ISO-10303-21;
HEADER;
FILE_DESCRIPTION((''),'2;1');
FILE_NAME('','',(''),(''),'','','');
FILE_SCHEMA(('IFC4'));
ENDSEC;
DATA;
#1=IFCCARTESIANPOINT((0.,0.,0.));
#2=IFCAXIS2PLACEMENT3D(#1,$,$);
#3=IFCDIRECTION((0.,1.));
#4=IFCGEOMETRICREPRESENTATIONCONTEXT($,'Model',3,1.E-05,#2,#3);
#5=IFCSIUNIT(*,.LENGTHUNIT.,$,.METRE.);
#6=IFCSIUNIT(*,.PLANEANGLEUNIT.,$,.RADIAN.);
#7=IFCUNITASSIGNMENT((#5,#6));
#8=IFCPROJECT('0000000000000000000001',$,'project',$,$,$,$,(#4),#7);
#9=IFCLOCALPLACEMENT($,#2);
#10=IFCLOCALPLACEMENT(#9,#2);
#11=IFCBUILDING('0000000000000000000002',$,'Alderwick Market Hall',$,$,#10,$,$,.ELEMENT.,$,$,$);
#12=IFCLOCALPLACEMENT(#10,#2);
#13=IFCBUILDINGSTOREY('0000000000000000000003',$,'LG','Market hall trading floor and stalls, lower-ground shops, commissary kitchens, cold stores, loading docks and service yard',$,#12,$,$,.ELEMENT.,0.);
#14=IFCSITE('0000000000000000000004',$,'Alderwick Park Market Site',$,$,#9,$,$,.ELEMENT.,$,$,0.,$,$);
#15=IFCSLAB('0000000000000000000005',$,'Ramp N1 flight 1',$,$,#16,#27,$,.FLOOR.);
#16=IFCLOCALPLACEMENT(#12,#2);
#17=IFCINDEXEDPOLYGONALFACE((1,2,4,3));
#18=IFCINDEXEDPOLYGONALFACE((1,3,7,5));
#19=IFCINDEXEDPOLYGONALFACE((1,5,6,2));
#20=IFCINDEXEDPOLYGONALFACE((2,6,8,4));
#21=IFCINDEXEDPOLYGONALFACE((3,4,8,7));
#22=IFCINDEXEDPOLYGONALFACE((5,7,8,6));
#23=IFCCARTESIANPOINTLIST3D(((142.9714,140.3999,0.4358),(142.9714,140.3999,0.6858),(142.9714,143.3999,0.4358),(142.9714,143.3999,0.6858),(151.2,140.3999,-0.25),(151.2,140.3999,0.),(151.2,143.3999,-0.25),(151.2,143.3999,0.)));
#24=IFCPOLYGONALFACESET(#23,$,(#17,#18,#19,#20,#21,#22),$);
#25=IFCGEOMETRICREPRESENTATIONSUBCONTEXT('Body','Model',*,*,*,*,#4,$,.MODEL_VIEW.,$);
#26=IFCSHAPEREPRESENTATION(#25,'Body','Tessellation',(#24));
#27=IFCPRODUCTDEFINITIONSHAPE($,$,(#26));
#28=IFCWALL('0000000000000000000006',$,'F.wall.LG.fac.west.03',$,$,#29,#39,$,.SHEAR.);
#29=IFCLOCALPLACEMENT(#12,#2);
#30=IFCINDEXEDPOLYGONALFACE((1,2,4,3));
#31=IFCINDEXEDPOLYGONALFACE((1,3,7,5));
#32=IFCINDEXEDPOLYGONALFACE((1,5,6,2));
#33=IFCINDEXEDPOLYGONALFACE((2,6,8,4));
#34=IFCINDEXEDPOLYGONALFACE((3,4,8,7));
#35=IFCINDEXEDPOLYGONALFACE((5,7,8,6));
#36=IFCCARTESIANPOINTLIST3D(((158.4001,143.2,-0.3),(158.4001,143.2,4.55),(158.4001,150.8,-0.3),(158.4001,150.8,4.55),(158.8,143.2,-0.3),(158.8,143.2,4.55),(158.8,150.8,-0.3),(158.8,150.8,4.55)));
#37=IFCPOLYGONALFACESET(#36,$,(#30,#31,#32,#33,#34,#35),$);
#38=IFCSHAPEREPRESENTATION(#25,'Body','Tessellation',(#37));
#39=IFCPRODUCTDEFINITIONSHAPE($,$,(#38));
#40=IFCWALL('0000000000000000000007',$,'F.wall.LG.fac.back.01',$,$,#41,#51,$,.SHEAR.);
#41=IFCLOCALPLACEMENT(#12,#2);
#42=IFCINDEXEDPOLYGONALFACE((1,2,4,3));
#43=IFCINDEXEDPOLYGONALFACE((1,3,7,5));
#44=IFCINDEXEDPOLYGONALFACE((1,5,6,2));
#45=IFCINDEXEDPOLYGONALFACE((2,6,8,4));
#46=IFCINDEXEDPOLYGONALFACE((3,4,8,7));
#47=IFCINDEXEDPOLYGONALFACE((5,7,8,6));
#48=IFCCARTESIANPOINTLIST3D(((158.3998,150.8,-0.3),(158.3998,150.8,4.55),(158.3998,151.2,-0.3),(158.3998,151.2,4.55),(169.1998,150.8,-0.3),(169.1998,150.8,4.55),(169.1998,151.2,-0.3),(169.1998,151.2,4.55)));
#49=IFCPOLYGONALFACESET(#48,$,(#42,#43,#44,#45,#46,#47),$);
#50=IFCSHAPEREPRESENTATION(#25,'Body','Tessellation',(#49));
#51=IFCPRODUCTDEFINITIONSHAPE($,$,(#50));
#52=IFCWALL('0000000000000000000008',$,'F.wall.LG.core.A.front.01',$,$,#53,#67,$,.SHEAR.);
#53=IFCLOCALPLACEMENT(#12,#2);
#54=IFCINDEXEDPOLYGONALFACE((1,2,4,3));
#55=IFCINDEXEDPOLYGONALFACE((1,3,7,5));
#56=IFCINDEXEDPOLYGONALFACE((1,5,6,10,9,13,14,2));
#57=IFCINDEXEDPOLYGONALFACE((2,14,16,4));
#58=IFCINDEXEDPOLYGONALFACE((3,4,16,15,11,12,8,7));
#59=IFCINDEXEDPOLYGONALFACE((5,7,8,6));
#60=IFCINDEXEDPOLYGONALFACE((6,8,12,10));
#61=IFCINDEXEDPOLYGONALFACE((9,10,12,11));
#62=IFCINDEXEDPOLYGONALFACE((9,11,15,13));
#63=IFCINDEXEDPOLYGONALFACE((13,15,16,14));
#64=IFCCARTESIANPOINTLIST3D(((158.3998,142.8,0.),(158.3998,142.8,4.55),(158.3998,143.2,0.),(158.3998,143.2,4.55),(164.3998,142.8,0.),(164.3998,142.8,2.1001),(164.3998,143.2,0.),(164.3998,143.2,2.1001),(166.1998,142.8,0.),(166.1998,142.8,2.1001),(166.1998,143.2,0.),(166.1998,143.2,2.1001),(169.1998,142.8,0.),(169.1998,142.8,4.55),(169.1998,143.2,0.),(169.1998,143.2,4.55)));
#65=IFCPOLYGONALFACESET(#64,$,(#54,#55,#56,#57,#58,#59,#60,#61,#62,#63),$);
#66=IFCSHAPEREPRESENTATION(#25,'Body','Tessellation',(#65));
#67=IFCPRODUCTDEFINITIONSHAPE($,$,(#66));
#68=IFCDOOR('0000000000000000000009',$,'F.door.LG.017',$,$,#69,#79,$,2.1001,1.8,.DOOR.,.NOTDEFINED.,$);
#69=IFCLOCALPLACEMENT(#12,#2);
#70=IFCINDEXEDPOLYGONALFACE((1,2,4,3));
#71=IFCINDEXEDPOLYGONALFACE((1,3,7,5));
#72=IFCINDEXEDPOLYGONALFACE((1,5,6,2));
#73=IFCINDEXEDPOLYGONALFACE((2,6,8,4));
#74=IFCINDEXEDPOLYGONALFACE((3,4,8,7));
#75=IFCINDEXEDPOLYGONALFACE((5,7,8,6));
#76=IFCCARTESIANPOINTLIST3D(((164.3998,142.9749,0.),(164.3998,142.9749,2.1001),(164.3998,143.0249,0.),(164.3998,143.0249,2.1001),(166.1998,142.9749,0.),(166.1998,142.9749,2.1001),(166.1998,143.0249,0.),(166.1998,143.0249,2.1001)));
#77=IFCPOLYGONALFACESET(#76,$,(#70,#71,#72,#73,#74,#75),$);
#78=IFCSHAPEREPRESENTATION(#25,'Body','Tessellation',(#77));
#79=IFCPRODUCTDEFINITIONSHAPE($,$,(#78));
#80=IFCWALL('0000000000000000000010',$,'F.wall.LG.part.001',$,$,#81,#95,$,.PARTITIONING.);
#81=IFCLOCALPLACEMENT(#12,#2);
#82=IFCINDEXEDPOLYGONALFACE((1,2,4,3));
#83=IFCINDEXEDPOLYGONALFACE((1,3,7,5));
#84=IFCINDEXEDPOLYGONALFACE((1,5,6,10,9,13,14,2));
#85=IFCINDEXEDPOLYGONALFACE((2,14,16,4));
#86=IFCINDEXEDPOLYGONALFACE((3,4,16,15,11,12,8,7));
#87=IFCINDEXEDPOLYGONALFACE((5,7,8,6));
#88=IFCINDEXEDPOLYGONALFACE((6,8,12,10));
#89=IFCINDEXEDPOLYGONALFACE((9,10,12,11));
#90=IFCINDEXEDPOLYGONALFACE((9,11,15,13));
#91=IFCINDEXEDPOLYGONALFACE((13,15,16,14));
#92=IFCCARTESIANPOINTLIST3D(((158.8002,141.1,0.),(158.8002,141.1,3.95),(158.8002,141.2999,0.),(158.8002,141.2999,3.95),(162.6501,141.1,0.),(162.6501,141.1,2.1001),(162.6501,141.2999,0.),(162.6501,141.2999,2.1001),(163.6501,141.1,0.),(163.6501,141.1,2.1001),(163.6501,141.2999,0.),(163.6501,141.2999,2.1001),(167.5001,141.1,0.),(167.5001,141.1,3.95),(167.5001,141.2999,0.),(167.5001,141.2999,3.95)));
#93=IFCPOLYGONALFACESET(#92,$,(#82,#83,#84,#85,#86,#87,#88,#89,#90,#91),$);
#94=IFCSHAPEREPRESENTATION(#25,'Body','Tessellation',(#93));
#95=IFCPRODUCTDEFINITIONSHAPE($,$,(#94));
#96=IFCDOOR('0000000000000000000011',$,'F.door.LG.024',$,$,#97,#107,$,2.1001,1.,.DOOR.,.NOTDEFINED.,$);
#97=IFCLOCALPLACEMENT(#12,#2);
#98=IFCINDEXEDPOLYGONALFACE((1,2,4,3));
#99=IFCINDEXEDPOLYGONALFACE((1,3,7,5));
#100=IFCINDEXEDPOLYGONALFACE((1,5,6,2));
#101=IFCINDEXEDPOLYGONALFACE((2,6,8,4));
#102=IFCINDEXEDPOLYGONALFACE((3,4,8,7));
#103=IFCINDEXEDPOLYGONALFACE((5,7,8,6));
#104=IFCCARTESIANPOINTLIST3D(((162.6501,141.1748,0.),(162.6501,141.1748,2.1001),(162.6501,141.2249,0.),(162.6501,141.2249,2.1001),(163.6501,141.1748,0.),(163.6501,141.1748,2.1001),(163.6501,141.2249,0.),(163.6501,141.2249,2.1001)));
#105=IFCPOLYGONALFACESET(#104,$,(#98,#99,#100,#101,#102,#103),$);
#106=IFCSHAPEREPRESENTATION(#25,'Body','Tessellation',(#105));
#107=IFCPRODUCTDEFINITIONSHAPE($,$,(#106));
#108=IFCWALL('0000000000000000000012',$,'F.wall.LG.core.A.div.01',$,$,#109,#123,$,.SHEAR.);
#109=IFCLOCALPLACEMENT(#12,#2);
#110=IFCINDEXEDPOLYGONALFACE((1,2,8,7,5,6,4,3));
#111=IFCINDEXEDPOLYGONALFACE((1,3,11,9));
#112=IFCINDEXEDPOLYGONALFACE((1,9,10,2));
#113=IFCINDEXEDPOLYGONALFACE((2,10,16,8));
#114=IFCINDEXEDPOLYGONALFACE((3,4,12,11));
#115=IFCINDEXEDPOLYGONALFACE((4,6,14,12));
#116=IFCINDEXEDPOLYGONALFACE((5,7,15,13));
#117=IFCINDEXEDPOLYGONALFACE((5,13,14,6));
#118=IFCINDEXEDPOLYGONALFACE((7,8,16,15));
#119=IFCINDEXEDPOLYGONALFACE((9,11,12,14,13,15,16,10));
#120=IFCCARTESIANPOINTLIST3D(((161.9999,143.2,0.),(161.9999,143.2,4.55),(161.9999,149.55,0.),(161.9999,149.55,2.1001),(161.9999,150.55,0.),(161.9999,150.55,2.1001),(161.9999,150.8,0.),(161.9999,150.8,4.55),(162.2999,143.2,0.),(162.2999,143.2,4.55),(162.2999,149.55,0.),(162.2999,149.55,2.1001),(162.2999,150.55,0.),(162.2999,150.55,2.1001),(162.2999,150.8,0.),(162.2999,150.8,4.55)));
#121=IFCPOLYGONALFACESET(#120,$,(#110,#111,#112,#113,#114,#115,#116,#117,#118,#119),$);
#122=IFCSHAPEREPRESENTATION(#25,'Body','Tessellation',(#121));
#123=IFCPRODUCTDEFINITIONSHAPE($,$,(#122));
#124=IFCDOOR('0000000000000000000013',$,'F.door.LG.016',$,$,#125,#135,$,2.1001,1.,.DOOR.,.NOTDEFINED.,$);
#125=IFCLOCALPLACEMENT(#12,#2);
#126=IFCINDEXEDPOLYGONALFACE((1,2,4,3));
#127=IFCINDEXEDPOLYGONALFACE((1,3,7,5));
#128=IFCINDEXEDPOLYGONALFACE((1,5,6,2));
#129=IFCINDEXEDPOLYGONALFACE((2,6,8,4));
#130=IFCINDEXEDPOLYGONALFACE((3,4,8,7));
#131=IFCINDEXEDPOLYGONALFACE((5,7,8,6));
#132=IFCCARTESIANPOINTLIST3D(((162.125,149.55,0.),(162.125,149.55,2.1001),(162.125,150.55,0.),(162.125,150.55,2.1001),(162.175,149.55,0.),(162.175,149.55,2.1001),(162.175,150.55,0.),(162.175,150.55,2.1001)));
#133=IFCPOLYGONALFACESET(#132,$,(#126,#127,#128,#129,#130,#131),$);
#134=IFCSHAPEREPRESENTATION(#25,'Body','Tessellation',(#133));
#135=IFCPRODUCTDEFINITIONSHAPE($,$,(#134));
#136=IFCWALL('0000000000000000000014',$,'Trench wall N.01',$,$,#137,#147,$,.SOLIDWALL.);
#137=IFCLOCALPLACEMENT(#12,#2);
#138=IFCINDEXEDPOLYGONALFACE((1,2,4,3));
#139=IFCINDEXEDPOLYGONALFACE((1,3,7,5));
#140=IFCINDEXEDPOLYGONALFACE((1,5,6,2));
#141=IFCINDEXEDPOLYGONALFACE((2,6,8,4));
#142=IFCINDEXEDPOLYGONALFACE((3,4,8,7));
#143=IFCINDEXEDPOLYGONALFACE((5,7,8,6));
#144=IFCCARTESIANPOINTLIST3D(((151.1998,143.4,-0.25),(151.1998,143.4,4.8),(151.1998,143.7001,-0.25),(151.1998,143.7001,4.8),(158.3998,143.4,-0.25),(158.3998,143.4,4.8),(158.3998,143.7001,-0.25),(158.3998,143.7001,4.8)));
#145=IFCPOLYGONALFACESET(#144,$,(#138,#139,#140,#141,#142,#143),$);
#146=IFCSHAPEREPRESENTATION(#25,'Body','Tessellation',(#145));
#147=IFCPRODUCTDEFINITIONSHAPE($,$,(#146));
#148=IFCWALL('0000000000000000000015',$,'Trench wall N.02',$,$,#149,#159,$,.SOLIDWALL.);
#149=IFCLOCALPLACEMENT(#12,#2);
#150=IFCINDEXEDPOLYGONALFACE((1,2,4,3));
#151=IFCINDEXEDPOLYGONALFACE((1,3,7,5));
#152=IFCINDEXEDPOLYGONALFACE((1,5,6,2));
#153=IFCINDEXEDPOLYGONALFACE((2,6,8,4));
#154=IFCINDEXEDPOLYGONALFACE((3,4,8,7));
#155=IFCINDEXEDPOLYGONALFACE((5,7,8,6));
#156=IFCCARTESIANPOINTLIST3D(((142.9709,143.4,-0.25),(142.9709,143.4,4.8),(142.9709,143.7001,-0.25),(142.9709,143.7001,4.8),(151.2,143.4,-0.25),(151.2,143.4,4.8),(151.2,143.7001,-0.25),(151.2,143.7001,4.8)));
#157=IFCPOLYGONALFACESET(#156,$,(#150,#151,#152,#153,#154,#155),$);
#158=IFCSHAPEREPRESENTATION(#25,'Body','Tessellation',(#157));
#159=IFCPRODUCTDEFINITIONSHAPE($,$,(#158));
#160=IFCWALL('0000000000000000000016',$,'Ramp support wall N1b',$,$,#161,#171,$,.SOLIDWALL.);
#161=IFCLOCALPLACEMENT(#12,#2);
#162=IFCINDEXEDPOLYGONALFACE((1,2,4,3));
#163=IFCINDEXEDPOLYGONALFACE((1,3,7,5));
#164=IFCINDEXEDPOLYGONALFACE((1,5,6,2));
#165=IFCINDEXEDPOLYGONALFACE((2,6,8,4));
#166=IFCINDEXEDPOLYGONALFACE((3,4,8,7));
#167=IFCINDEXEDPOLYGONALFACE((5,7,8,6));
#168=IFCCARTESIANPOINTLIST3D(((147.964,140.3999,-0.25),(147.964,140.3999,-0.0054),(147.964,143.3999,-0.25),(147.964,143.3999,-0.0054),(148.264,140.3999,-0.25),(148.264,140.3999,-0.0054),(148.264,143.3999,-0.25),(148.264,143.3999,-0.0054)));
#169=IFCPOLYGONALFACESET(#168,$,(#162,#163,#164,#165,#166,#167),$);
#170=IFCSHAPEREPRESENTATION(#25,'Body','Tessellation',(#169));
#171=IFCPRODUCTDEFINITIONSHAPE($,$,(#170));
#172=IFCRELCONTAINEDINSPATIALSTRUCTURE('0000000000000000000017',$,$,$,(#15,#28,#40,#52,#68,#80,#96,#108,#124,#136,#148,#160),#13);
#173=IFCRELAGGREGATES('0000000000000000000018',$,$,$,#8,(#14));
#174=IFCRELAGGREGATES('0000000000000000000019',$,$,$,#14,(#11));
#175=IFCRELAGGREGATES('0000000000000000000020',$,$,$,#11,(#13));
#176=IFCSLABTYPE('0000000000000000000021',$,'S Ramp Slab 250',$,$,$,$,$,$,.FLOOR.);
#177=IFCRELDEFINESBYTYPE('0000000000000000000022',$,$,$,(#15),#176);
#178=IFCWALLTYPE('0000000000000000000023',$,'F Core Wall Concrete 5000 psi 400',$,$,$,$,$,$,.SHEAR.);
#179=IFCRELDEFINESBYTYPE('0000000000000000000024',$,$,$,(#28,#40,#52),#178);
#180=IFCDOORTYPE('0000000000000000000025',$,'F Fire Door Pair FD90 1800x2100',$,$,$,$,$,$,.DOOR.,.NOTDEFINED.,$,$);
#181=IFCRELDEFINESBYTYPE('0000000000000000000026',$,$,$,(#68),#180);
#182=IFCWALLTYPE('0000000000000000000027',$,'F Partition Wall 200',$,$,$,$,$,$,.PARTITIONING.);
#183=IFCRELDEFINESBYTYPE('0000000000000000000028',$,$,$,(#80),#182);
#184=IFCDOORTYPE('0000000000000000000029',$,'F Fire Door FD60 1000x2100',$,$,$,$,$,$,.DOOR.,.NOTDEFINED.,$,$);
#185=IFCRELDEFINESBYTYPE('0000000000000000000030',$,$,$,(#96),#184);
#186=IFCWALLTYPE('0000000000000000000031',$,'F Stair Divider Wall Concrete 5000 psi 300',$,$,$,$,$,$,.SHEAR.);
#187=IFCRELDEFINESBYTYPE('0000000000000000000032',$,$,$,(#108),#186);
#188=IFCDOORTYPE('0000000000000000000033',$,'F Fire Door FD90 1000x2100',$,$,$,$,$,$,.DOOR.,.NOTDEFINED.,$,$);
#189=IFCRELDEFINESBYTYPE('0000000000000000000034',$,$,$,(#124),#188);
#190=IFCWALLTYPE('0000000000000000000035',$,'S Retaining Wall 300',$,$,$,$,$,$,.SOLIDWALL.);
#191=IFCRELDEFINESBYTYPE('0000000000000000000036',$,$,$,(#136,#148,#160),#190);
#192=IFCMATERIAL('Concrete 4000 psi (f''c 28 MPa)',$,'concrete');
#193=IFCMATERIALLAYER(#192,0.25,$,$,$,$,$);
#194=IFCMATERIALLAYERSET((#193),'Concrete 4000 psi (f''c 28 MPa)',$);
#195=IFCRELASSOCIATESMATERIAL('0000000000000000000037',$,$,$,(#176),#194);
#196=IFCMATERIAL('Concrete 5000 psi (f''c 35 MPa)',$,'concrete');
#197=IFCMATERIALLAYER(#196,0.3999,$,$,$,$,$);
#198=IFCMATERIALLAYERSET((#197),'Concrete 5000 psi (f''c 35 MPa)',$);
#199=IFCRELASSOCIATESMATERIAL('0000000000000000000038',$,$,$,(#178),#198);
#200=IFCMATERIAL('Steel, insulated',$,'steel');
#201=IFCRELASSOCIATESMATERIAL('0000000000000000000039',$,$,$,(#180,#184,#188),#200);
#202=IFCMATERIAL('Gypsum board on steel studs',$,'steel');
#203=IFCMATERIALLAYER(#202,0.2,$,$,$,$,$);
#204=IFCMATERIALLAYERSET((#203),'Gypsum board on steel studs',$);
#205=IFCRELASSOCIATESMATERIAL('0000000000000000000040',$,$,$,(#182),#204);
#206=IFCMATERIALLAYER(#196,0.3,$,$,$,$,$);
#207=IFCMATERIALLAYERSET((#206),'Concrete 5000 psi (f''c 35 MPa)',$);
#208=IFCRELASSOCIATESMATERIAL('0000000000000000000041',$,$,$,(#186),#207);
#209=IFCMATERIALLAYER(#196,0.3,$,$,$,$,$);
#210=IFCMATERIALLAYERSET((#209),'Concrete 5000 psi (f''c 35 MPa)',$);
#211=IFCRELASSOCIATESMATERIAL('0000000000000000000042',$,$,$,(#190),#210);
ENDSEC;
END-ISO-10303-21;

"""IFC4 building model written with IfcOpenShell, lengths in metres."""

from ifc_helpers import new_model, si_unit, direction, frame, frame_2d, origin, place, context, subcontext, project, spatial, polyline, rectangle, outline, extrude, material, layer, layer_set, type_object, element, fill, save


model = new_model("IFC4")

# Units and contexts
model_context = context("Model", 3, precision=1e-05, world=origin(), true_north=direction((0.0, 1.0)))
body_context = subcontext(model_context, "Body", "Model", "MODEL_VIEW")
ifc_project = project(units=[si_unit("LENGTHUNIT", "METRE"), si_unit("PLANEANGLEUNIT", "RADIAN")], contexts=[model_context])

# Site, building, storey
site_placement = place(None, origin())
site = spatial("IfcSite", under=ifc_project, at=site_placement, Name="Alderwick Park Market Site", CompositionType="ELEMENT", RefElevation=0.0)
building_placement = place(site_placement, origin())
building = spatial("IfcBuilding", under=site, at=building_placement, Name="Alderwick Market Hall", CompositionType="ELEMENT")
storey_placement = place(building_placement, origin())
storey = spatial("IfcBuildingStorey", under=building, at=storey_placement, Name="LG", Description="Market hall trading floor and stalls, lower-ground shops, commissary kitchens, cold stores, loading docks and service yard", CompositionType="ELEMENT", Elevation=0.0)

# Slab
ifc_material_1 = material(Name="Concrete 4000 psi (f'c 28 MPa)", Category="concrete")
ifc_layer_1 = layer(ifc_material_1, 0.25)
ifc_layer_set_1 = layer_set([ifc_layer_1], Name="Concrete 4000 psi (f'c 28 MPa)")
slab_type = type_object("IfcSlabType", Name="S Ramp Slab 250", PredefinedType="FLOOR", material=ifc_layer_set_1)
slab_placement = place(storey_placement, frame((151.2, 141.8999, 0.0), z_axis=(0.0, 0.0, 1.0), x_axis=(-1.0, 0.0, 0.0)))
element("IfcSlab", 1, at=slab_placement, inside=storey, type_object=slab_type, Name="Ramp N1 flight 1", PredefinedType="FLOOR", context=body_context, shape_type="SweptSolid", body=[
    extrude(outline(polyline([(0.0, 0.0), (8.2285, 0.6858), (8.2285, 0.4358), (0.0, -0.25), (0.0, 0.0)])), frame((0.0, 1.5, 0.0), z_axis=(0.0, -1.0, 0.0), x_axis=(1.0, 0.0, 0.0)), (0.0, 0.0, 1.0), 3.0),
])

# Walls
ifc_material_2 = material(Name="Concrete 5000 psi (f'c 35 MPa)", Category="concrete")
ifc_layer_2 = layer(ifc_material_2, 0.3999)
ifc_layer_set_2 = layer_set([ifc_layer_2], Name="Concrete 5000 psi (f'c 35 MPa)")
wall_type_1 = type_object("IfcWallType", Name="F Core Wall Concrete 5000 psi 400", PredefinedType="SHEAR", material=ifc_layer_set_2)
wall_1_placement = place(storey_placement, frame((158.6001, 143.2, -0.3), z_axis=(0.0, 0.0, 1.0), x_axis=(0.0, 1.0, 0.0)))
element("IfcWall", 2, at=wall_1_placement, inside=storey, type_object=wall_type_1, Name="F.wall.LG.fac.west.03", PredefinedType="SHEAR", context=body_context, shape_type="SweptSolid", body=[
    extrude(rectangle(XDim=7.6001, YDim=0.3999, at=frame_2d((3.8, 0.0))), origin(), (0.0, 0.0, 1.0), 4.8501),
])
wall_2_placement = place(storey_placement, frame((158.3999, 151.0, -0.3), z_axis=(0.0, 0.0, 1.0), x_axis=(1.0, 0.0, 0.0)))
element("IfcWall", 3, at=wall_2_placement, inside=storey, type_object=wall_type_1, Name="F.wall.LG.fac.back.01", PredefinedType="SHEAR", context=body_context, shape_type="SweptSolid", body=[
    extrude(rectangle(XDim=10.8, YDim=0.3999, at=frame_2d((5.3999, 0.0))), origin(), (0.0, 0.0, 1.0), 4.8501),
])

# Walls, openings, doors
wall_3_placement = place(storey_placement, frame((158.3999, 143.0, 0.0), z_axis=(0.0, 0.0, 1.0), x_axis=(1.0, 0.0, 0.0)))
wall_3 = element("IfcWall", 4, at=wall_3_placement, inside=storey, type_object=wall_type_1, Name="F.wall.LG.core.A.front.01", PredefinedType="SHEAR", context=body_context, shape_type="SweptSolid", body=[
    extrude(rectangle(XDim=10.8, YDim=0.3999, at=frame_2d((5.3999, 0.0))), origin(), (0.0, 0.0, 1.0), 4.55),
])
opening_1_placement = place(wall_3_placement, frame((6.0, 0.0, 0.0)))
opening_1 = element("IfcOpeningElement", 5, at=opening_1_placement, cuts=wall_3, PredefinedType="OPENING", context=body_context, shape_type="SweptSolid", body=[
    extrude(rectangle(XDim=1.8, YDim=2.1001, at=frame_2d((0.8999, 1.05))), frame((0.0, 0.21, 0.0), z_axis=(0.0, -1.0, 0.0), x_axis=(1.0, 0.0, 0.0)), (0.0, 0.0, 1.0), 0.4199),
])
ifc_material_3 = material(Name="Steel, insulated", Category="steel")
door_type_1 = type_object("IfcDoorType", Name="F Fire Door Pair FD90 1800x2100", OperationType="NOTDEFINED", PredefinedType="DOOR", material=ifc_material_3)
door_1_placement = place(opening_1_placement, origin())
door_1 = element("IfcDoor", 6, at=door_1_placement, inside=storey, type_object=door_type_1, Name="F.door.LG.017", OperationType="NOTDEFINED", OverallHeight=2.1001, OverallWidth=1.8, PredefinedType="DOOR", context=body_context, shape_type="SweptSolid", body=[
    extrude(rectangle(XDim=1.8, YDim=2.1001, at=frame_2d((0.8999, 1.05))), frame((0.0, 0.0249, 0.0), z_axis=(0.0, -1.0, 0.0), x_axis=(1.0, 0.0, 0.0)), (0.0, 0.0, 1.0), 0.05),
])
fill(opening_1, door_1)
ifc_material_4 = material(Name="Gypsum board on steel studs", Category="steel")
ifc_layer_3 = layer(ifc_material_4, 0.2)
ifc_layer_set_3 = layer_set([ifc_layer_3], Name="Gypsum board on steel studs")
wall_type_2 = type_object("IfcWallType", Name="F Partition Wall 200", PredefinedType="PARTITIONING", material=ifc_layer_set_3)
wall_4_placement = place(storey_placement, frame((158.8, 141.2, 0.0), z_axis=(0.0, 0.0, 1.0), x_axis=(1.0, 0.0, 0.0)))
wall_4 = element("IfcWall", 7, at=wall_4_placement, inside=storey, type_object=wall_type_2, Name="F.wall.LG.part.001", PredefinedType="PARTITIONING", context=body_context, shape_type="SweptSolid", body=[
    extrude(rectangle(XDim=8.7, YDim=0.2, at=frame_2d((4.3501, 0.0))), origin(), (0.0, 0.0, 1.0), 3.95),
])
opening_2_placement = place(wall_4_placement, frame((3.8501, 0.0, 0.0)))
opening_2 = element("IfcOpeningElement", 8, at=opening_2_placement, cuts=wall_4, PredefinedType="OPENING", context=body_context, shape_type="SweptSolid", body=[
    extrude(rectangle(XDim=1.0, YDim=2.1001, at=frame_2d((0.5, 1.05))), frame((0.0, 0.1099, 0.0), z_axis=(0.0, -1.0, 0.0), x_axis=(1.0, 0.0, 0.0)), (0.0, 0.0, 1.0), 0.22),
])
door_type_2 = type_object("IfcDoorType", Name="F Fire Door FD60 1000x2100", OperationType="NOTDEFINED", PredefinedType="DOOR", material=ifc_material_3)
door_2_placement = place(opening_2_placement, origin())
door_2 = element("IfcDoor", 9, at=door_2_placement, inside=storey, type_object=door_type_2, Name="F.door.LG.024", OperationType="NOTDEFINED", OverallHeight=2.1001, OverallWidth=1.0, PredefinedType="DOOR", context=body_context, shape_type="SweptSolid", body=[
    extrude(rectangle(XDim=1.0, YDim=2.1001, at=frame_2d((0.5, 1.05))), frame((0.0, 0.0249, 0.0), z_axis=(0.0, -1.0, 0.0), x_axis=(1.0, 0.0, 0.0)), (0.0, 0.0, 1.0), 0.05),
])
fill(opening_2, door_2)
ifc_layer_4 = layer(ifc_material_2, 0.3)
ifc_layer_set_4 = layer_set([ifc_layer_4], Name="Concrete 5000 psi (f'c 35 MPa)")
wall_type_3 = type_object("IfcWallType", Name="F Stair Divider Wall Concrete 5000 psi 300", PredefinedType="SHEAR", material=ifc_layer_set_4)
wall_5_placement = place(storey_placement, frame((162.1499, 143.2, 0.0), z_axis=(0.0, 0.0, 1.0), x_axis=(0.0, 1.0, 0.0)))
wall_5 = element("IfcWall", 10, at=wall_5_placement, inside=storey, type_object=wall_type_3, Name="F.wall.LG.core.A.div.01", PredefinedType="SHEAR", context=body_context, shape_type="SweptSolid", body=[
    extrude(rectangle(XDim=7.6001, YDim=0.3, at=frame_2d((3.8, 0.0))), origin(), (0.0, 0.0, 1.0), 4.55),
])
opening_3_placement = place(wall_5_placement, frame((6.3501, 0.0, 0.0)))
opening_3 = element("IfcOpeningElement", 11, at=opening_3_placement, cuts=wall_5, PredefinedType="OPENING", context=body_context, shape_type="SweptSolid", body=[
    extrude(rectangle(XDim=1.0, YDim=2.1001, at=frame_2d((0.5, 1.05))), frame((0.0, 0.1599, 0.0), z_axis=(0.0, -1.0, 0.0), x_axis=(1.0, 0.0, 0.0)), (0.0, 0.0, 1.0), 0.3201),
])
door_type_3 = type_object("IfcDoorType", Name="F Fire Door FD90 1000x2100", OperationType="NOTDEFINED", PredefinedType="DOOR", material=ifc_material_3)
door_3_placement = place(opening_3_placement, origin())
door_3 = element("IfcDoor", 12, at=door_3_placement, inside=storey, type_object=door_type_3, Name="F.door.LG.016", OperationType="NOTDEFINED", OverallHeight=2.1001, OverallWidth=1.0, PredefinedType="DOOR", context=body_context, shape_type="SweptSolid", body=[
    extrude(rectangle(XDim=1.0, YDim=2.1001, at=frame_2d((0.5, 1.05))), frame((0.0, 0.0249, 0.0), z_axis=(0.0, -1.0, 0.0), x_axis=(1.0, 0.0, 0.0)), (0.0, 0.0, 1.0), 0.05),
])
fill(opening_3, door_3)

# Walls
ifc_layer_5 = layer(ifc_material_2, 0.3)
ifc_layer_set_5 = layer_set([ifc_layer_5], Name="Concrete 5000 psi (f'c 35 MPa)")
wall_type_4 = type_object("IfcWallType", Name="S Retaining Wall 300", PredefinedType="SOLIDWALL", material=ifc_layer_set_5)
wall_6_placement = place(storey_placement, frame((158.3999, 143.55, -0.25), z_axis=(0.0, 0.0, 1.0), x_axis=(-1.0, 0.0, 0.0)))
element("IfcWall", 13, at=wall_6_placement, inside=storey, type_object=wall_type_4, Name="Trench wall N.01", PredefinedType="SOLIDWALL", context=body_context, shape_type="SweptSolid", body=[
    extrude(rectangle(XDim=7.2, YDim=0.3, at=frame_2d((3.6001, 0.0))), origin(), (0.0, 0.0, 1.0), 5.05),
])
wall_7_placement = place(storey_placement, frame((151.2, 143.55, -0.25), z_axis=(0.0, 0.0, 1.0), x_axis=(-1.0, 0.0, 0.0)))
element("IfcWall", 14, at=wall_7_placement, inside=storey, type_object=wall_type_4, Name="Trench wall N.02", PredefinedType="SOLIDWALL", context=body_context, shape_type="SweptSolid", body=[
    extrude(rectangle(XDim=8.229, YDim=0.3, at=frame_2d((4.1145, 0.0))), origin(), (0.0, 0.0, 1.0), 5.05),
])
wall_8_placement = place(storey_placement, frame((148.114, 140.3999, -0.25), z_axis=(0.0, 0.0, 1.0), x_axis=(0.0, 1.0, 0.0)))
element("IfcWall", 15, at=wall_8_placement, inside=storey, type_object=wall_type_4, Name="Ramp support wall N1b", PredefinedType="SOLIDWALL", context=body_context, shape_type="SweptSolid", body=[
    extrude(rectangle(XDim=3.0, YDim=0.3, at=frame_2d((1.5, 0.0))), origin(), (0.0, 0.0, 1.0), 0.2446),
])

save(model, "model.ifc")
